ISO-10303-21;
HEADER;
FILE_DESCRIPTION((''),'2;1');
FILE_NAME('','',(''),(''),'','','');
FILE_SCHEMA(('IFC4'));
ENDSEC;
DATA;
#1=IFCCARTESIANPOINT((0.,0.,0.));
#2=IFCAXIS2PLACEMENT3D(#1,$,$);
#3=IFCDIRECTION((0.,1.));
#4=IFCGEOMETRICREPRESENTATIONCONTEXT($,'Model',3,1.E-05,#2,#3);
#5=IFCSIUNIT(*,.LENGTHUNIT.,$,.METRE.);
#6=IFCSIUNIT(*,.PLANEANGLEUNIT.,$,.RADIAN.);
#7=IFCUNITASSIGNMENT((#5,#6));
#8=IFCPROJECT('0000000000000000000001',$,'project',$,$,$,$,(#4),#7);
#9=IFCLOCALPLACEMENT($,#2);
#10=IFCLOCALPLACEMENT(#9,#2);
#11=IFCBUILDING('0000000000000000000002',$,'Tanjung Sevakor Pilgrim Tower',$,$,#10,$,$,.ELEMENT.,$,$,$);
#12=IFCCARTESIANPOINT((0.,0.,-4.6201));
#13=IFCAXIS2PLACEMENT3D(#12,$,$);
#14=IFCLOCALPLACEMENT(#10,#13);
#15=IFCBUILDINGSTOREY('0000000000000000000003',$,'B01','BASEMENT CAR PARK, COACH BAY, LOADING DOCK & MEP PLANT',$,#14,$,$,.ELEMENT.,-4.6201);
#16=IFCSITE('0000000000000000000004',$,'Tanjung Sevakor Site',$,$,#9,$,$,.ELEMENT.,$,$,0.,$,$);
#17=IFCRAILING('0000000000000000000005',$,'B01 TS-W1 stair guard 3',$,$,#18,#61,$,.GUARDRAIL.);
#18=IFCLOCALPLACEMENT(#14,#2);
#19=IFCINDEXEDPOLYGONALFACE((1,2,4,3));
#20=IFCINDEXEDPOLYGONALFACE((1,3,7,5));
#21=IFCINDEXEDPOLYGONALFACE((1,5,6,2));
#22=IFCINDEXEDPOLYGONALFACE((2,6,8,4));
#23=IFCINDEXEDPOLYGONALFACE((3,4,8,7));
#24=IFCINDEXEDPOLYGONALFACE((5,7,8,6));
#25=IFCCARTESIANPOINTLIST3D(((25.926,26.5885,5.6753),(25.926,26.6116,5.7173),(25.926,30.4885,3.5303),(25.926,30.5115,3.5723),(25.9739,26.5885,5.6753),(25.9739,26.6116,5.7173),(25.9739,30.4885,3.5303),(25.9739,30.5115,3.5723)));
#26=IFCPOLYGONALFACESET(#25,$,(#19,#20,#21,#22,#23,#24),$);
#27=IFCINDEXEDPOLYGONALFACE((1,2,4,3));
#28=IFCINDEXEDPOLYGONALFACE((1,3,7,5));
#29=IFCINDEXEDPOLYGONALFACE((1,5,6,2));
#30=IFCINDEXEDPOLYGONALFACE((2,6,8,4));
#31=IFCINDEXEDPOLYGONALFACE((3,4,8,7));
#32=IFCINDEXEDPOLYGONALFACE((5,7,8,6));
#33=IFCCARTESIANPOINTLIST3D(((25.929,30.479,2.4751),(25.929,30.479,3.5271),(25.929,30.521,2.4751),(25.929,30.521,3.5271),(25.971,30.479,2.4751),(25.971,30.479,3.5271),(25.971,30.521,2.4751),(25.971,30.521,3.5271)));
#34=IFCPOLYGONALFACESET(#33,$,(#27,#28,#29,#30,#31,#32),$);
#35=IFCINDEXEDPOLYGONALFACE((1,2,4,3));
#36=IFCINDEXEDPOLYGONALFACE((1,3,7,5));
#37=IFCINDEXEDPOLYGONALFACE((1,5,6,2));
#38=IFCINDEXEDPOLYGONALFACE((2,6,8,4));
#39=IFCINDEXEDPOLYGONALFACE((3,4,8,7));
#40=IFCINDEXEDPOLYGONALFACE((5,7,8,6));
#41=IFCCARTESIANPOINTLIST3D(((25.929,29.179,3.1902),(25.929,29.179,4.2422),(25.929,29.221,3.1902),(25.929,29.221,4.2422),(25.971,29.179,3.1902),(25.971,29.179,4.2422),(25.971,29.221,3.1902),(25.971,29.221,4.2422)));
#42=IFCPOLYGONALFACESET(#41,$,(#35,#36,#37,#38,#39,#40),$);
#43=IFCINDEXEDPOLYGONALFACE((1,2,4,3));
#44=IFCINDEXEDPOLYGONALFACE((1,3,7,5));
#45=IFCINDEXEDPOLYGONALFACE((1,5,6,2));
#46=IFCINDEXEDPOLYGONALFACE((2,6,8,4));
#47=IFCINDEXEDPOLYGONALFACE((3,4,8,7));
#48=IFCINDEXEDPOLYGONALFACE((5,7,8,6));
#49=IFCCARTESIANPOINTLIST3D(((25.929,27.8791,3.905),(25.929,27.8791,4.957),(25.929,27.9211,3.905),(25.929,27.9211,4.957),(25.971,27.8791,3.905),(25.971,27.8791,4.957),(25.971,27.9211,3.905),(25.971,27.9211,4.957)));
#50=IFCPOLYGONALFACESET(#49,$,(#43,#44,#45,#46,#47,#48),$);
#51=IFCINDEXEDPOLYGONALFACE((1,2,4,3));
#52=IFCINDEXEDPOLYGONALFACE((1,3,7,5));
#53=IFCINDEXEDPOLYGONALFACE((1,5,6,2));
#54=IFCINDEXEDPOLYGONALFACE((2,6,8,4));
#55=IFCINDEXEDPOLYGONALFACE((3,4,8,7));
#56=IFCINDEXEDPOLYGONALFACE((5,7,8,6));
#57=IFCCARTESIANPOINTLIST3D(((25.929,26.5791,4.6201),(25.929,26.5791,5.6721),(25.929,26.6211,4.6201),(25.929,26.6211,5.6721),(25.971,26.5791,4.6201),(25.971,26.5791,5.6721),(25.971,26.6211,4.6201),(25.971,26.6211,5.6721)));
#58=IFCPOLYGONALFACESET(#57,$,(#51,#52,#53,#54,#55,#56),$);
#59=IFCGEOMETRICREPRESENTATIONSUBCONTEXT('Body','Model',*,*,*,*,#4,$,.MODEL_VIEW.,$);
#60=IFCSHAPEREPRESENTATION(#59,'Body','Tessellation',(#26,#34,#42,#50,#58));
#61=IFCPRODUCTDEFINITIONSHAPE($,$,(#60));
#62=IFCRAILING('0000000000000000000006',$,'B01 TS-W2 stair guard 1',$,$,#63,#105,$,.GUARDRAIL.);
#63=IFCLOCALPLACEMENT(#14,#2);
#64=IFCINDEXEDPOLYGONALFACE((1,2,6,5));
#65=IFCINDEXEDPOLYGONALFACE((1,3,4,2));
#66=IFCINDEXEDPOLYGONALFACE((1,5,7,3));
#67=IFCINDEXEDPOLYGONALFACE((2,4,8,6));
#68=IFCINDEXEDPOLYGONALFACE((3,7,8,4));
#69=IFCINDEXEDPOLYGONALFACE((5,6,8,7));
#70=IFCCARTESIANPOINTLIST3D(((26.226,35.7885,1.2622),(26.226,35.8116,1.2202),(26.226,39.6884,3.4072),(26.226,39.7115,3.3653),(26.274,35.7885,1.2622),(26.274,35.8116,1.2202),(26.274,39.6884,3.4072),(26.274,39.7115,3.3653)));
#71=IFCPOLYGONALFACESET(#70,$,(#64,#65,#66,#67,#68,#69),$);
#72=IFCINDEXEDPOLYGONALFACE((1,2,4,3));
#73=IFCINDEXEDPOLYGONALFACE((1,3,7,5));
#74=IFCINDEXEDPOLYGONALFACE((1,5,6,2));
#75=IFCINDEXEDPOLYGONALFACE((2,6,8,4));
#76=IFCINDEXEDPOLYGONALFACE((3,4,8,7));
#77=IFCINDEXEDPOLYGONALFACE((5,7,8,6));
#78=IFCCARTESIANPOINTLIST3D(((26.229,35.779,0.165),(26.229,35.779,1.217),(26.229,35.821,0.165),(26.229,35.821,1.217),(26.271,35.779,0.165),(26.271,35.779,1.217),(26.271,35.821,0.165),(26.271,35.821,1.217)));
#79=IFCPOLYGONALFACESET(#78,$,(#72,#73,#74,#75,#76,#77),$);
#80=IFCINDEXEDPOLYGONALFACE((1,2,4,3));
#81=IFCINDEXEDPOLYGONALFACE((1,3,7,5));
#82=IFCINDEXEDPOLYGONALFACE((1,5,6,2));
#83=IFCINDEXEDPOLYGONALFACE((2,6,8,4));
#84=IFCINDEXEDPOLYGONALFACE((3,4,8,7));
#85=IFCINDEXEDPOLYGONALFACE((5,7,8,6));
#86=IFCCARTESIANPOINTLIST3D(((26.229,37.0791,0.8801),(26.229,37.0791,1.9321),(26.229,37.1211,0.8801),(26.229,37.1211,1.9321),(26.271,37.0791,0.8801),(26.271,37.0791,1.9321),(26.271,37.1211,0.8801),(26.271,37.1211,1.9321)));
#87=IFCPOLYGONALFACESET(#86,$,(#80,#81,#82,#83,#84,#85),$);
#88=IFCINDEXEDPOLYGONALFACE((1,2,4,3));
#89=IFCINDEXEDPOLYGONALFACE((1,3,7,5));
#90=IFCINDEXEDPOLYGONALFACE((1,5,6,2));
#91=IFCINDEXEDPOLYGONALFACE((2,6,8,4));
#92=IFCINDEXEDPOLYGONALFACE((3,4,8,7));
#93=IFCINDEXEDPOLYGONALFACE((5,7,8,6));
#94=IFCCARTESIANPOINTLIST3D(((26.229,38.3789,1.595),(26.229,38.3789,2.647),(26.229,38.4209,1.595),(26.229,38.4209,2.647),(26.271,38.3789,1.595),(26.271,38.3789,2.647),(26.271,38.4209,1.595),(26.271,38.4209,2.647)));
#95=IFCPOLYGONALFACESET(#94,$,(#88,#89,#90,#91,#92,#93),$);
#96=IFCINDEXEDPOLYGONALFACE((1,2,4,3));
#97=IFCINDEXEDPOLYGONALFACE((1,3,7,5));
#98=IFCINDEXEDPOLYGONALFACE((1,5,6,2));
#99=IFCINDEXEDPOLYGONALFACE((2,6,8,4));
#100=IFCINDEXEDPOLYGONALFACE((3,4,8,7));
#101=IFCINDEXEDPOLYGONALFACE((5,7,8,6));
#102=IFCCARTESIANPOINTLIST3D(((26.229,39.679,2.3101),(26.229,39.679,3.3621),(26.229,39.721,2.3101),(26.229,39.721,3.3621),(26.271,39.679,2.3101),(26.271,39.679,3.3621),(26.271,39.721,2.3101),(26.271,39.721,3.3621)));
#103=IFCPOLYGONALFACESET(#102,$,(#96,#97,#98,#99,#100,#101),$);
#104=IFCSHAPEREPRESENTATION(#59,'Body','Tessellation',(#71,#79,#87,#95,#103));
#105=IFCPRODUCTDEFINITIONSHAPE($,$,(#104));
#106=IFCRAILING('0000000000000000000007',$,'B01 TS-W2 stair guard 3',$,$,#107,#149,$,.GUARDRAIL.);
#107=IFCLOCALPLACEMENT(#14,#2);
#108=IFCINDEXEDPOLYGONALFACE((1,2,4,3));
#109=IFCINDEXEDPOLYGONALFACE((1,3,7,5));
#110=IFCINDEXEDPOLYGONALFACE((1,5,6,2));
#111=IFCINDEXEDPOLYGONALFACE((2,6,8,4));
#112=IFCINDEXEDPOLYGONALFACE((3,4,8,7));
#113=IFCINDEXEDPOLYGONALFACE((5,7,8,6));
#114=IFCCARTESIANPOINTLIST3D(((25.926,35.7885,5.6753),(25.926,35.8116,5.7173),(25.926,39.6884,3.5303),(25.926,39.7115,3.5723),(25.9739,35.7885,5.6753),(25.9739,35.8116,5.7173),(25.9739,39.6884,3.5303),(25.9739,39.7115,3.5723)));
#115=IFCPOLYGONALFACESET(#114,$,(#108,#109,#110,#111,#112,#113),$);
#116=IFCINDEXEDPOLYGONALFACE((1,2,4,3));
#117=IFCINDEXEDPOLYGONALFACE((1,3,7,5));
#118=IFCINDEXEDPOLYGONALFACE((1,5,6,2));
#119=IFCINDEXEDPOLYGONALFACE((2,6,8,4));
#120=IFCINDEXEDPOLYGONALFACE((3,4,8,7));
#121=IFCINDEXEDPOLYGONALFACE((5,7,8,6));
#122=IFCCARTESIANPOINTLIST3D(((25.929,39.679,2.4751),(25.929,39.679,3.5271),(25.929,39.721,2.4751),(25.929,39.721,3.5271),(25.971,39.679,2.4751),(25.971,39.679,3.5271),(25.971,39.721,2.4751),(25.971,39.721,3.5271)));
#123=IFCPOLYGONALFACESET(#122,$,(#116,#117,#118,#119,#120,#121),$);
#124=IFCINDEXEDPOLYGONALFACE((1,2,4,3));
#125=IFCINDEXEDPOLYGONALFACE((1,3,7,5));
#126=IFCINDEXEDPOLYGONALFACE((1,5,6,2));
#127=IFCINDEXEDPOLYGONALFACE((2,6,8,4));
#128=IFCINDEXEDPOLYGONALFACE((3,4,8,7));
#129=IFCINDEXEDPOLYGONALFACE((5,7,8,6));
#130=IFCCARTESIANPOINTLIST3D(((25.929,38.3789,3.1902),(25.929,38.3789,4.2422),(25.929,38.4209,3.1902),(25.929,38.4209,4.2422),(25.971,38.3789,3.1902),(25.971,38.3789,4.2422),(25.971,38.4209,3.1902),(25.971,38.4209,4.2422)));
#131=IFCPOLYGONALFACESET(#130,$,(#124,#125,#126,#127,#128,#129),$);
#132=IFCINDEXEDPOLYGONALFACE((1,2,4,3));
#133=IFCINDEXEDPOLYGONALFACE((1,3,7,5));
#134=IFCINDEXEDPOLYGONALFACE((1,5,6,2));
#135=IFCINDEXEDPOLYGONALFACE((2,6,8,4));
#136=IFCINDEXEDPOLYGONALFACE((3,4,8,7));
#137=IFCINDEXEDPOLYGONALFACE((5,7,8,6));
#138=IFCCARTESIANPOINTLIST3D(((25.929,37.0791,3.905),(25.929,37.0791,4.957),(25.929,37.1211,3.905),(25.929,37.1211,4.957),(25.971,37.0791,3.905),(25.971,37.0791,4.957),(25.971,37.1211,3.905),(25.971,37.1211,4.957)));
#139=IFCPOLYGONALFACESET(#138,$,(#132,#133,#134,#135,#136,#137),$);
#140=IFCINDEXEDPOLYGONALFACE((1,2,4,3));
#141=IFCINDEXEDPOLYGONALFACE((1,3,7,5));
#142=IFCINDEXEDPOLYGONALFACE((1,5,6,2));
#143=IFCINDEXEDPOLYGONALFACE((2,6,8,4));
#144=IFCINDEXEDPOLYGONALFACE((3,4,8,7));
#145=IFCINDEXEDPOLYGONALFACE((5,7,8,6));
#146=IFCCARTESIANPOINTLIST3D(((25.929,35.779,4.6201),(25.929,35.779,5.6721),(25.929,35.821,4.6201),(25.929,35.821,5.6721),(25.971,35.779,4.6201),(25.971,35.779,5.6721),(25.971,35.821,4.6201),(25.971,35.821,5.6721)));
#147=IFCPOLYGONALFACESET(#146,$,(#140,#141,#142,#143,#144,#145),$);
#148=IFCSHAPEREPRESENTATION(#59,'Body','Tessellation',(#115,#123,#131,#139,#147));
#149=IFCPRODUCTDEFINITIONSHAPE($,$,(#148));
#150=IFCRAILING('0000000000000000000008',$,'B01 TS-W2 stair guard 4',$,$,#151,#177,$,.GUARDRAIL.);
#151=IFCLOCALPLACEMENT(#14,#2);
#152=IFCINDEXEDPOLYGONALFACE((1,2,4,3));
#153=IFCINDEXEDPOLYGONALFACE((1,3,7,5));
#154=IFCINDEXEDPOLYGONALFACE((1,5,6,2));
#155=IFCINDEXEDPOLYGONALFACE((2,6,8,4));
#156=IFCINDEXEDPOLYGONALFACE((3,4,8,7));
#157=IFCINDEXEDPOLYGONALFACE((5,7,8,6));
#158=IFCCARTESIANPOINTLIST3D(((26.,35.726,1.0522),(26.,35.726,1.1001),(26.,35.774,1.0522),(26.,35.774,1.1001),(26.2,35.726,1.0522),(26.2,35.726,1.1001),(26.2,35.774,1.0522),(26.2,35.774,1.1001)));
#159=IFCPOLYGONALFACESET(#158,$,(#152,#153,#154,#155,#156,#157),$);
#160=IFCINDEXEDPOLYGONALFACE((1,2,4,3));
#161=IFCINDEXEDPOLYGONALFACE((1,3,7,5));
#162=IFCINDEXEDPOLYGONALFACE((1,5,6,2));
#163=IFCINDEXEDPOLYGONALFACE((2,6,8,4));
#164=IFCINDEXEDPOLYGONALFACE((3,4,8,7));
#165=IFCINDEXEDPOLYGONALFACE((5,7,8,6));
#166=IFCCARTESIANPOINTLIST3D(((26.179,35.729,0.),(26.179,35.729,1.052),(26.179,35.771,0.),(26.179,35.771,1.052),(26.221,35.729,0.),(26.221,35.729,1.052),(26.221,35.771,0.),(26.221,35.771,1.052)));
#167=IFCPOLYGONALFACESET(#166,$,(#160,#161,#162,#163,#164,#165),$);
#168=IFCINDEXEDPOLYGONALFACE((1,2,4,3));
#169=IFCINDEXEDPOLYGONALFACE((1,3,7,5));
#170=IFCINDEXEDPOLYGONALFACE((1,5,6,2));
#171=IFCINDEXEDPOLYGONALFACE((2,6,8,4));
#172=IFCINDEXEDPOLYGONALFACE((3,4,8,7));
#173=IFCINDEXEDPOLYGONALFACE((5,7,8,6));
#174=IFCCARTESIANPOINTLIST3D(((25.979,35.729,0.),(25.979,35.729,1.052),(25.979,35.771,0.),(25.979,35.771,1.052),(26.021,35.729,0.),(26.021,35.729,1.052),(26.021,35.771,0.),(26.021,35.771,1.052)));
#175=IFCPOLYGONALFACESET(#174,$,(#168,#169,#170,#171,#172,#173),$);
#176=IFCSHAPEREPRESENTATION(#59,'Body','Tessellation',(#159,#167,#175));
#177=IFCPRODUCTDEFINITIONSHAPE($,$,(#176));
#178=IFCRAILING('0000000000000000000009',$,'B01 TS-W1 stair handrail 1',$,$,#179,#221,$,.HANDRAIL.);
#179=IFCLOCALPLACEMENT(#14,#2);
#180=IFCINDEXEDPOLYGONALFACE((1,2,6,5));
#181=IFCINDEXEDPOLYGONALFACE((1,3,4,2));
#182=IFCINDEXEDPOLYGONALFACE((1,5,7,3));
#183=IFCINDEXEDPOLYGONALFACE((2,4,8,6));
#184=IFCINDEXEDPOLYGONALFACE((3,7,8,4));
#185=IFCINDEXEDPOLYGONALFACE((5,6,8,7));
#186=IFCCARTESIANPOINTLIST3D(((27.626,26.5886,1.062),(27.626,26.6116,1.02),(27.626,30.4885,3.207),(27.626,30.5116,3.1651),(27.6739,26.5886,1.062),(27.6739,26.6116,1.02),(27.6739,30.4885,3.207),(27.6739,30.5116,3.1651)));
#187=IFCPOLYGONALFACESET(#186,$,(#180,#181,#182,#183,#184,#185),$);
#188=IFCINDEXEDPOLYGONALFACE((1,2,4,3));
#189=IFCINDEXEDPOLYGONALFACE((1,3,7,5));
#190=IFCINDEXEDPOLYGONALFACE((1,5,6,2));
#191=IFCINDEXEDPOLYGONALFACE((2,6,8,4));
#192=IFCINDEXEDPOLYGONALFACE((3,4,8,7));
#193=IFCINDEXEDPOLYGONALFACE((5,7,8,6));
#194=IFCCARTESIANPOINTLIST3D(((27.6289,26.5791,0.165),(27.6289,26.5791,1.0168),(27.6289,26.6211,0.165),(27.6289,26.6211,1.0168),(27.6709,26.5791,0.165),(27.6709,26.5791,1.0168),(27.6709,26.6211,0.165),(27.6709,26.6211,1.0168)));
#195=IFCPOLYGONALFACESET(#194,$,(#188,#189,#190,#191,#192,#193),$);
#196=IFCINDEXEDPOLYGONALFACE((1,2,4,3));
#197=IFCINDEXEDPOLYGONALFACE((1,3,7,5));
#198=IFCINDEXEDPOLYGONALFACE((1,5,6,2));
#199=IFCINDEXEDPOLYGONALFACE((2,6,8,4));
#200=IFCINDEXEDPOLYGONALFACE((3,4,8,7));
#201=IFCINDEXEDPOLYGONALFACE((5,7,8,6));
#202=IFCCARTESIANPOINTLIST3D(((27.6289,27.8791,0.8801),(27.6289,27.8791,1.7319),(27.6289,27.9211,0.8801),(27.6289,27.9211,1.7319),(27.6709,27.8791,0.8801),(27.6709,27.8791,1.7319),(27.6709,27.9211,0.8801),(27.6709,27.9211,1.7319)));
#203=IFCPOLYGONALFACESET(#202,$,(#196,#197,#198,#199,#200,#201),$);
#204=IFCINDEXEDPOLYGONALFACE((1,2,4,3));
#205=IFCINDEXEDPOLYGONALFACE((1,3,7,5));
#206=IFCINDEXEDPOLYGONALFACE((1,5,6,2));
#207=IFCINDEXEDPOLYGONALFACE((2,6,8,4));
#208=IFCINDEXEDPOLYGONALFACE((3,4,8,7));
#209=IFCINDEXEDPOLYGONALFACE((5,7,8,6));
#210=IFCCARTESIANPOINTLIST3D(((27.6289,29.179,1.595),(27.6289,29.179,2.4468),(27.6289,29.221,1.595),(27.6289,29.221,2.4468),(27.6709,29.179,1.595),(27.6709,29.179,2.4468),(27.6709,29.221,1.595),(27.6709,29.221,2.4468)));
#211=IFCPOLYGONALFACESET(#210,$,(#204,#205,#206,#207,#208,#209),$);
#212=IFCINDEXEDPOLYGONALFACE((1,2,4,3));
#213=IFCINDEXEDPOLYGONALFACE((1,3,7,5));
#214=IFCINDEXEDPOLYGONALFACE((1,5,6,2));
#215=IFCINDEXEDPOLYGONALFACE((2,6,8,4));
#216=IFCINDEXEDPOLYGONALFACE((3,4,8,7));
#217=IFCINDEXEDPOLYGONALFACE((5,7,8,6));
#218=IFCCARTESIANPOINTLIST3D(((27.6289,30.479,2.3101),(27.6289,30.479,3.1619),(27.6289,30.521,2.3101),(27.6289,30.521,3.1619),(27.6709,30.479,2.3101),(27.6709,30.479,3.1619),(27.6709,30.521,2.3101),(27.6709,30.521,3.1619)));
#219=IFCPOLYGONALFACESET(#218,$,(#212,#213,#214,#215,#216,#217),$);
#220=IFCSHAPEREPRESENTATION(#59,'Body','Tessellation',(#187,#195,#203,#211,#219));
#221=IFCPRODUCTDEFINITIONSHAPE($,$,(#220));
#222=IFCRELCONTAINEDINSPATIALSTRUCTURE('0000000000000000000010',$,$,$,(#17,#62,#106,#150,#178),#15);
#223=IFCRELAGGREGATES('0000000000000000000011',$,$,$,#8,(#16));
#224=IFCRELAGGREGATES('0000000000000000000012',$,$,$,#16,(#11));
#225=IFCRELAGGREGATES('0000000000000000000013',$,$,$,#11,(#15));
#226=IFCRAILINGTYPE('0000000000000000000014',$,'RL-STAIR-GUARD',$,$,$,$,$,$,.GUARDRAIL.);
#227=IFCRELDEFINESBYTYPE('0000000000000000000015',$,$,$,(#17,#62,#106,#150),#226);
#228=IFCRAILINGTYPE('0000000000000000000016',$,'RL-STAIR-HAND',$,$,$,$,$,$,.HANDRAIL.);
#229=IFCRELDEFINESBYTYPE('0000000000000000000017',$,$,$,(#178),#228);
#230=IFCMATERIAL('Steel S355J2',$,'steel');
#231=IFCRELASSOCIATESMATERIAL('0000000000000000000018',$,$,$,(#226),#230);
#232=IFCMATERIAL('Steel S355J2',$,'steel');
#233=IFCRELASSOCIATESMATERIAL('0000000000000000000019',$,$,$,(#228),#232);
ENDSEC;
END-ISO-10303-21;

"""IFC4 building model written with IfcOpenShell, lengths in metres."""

from ifc_helpers import new_model, si_unit, direction, frame, origin, place, context, subcontext, project, spatial, rectangle, extrude, material, type_object, element, save


model = new_model("IFC4")

# Units and contexts
model_context = context("Model", 3, precision=1e-05, world=origin(), true_north=direction((0.0, 1.0)))
body_context = subcontext(model_context, "Body", "Model", "MODEL_VIEW")
ifc_project = project(units=[si_unit("LENGTHUNIT", "METRE"), si_unit("PLANEANGLEUNIT", "RADIAN")], contexts=[model_context])

# Site, building, storey
site_placement = place(None, origin())
site = spatial("IfcSite", under=ifc_project, at=site_placement, Name="Tanjung Sevakor Site", CompositionType="ELEMENT", RefElevation=0.0)
building_placement = place(site_placement, origin())
building = spatial("IfcBuilding", under=site, at=building_placement, Name="Tanjung Sevakor Pilgrim Tower", CompositionType="ELEMENT")
storey_placement = place(building_placement, frame((0.0, 0.0, -4.6201)))
storey = spatial("IfcBuildingStorey", under=building, at=storey_placement, Name="B01", Description="BASEMENT CAR PARK, COACH BAY, LOADING DOCK & MEP PLANT", CompositionType="ELEMENT", Elevation=-4.6201)

# Railings
ifc_material_1 = material(Name="Steel S355J2", Category="steel")
railing_type_1 = type_object("IfcRailingType", Name="RL-STAIR-GUARD", PredefinedType="GUARDRAIL", material=ifc_material_1)
railing_1_placement = place(storey_placement, frame((25.95, 30.5, 2.4751)))
element("IfcRailing", 1, at=railing_1_placement, inside=storey, type_object=railing_type_1, Name="B01 TS-W1 stair guard 3", PredefinedType="GUARDRAIL", context=body_context, shape_type="SweptSolid", body=[
    extrude(rectangle(XDim=0.0479, YDim=0.0479), frame((0.0, 0.0, 1.0762), z_axis=(0.0, -0.876209, 0.481931), x_axis=(1.0, 0.0, 0.0)), (0.0, 0.0, 1.0), 4.4509),
    extrude(rectangle(XDim=0.042, YDim=0.042), origin(), (0.0, 0.0, 1.0), 1.052),
    extrude(rectangle(XDim=0.042, YDim=0.042), frame((0.0, -1.3, 0.7151)), (0.0, 0.0, 1.0), 1.052),
    extrude(rectangle(XDim=0.042, YDim=0.042), frame((0.0, -2.5999, 1.4299)), (0.0, 0.0, 1.0), 1.052),
    extrude(rectangle(XDim=0.042, YDim=0.042), frame((0.0, -3.8999, 2.145)), (0.0, 0.0, 1.0), 1.052),
])
railing_2_placement = place(storey_placement, frame((26.25, 35.8, 0.165)))
element("IfcRailing", 2, at=railing_2_placement, inside=storey, type_object=railing_type_1, Name="B01 TS-W2 stair guard 1", PredefinedType="GUARDRAIL", context=body_context, shape_type="SweptSolid", body=[
    extrude(rectangle(XDim=0.0479, YDim=0.0479), frame((0.0, 0.0, 1.0762), z_axis=(0.0, 0.876209, 0.481931), x_axis=(-1.0, 0.0, 0.0)), (0.0, 0.0, 1.0), 4.4509),
    extrude(rectangle(XDim=0.042, YDim=0.042), origin(), (0.0, 0.0, 1.0), 1.052),
    extrude(rectangle(XDim=0.042, YDim=0.042), frame((0.0, 1.3, 0.7151)), (0.0, 0.0, 1.0), 1.052),
    extrude(rectangle(XDim=0.042, YDim=0.042), frame((0.0, 2.5999, 1.4299)), (0.0, 0.0, 1.0), 1.052),
    extrude(rectangle(XDim=0.042, YDim=0.042), frame((0.0, 3.8999, 2.145)), (0.0, 0.0, 1.0), 1.052),
])
railing_3_placement = place(storey_placement, frame((25.95, 39.7, 2.4751)))
element("IfcRailing", 3, at=railing_3_placement, inside=storey, type_object=railing_type_1, Name="B01 TS-W2 stair guard 3", PredefinedType="GUARDRAIL", context=body_context, shape_type="SweptSolid", body=[
    extrude(rectangle(XDim=0.0479, YDim=0.0479), frame((0.0, 0.0, 1.0762), z_axis=(0.0, -0.876209, 0.481931), x_axis=(1.0, 0.0, 0.0)), (0.0, 0.0, 1.0), 4.4509),
    extrude(rectangle(XDim=0.042, YDim=0.042), origin(), (0.0, 0.0, 1.0), 1.052),
    extrude(rectangle(XDim=0.042, YDim=0.042), frame((0.0, -1.3, 0.7151)), (0.0, 0.0, 1.0), 1.052),
    extrude(rectangle(XDim=0.042, YDim=0.042), frame((0.0, -2.5999, 1.4299)), (0.0, 0.0, 1.0), 1.052),
    extrude(rectangle(XDim=0.042, YDim=0.042), frame((0.0, -3.8999, 2.145)), (0.0, 0.0, 1.0), 1.052),
])
railing_4_placement = place(storey_placement, frame((26.2, 35.75, 0.0)))
element("IfcRailing", 4, at=railing_4_placement, inside=storey, type_object=railing_type_1, Name="B01 TS-W2 stair guard 4", PredefinedType="GUARDRAIL", context=body_context, shape_type="SweptSolid", body=[
    extrude(rectangle(XDim=0.0479, YDim=0.0479), frame((0.0, 0.0, 1.0762), z_axis=(-1.0, 0.0, 0.0), x_axis=(0.0, -1.0, 0.0)), (0.0, 0.0, 1.0), 0.2),
    extrude(rectangle(XDim=0.042, YDim=0.042), origin(), (0.0, 0.0, 1.0), 1.052),
    extrude(rectangle(XDim=0.042, YDim=0.042), frame((-0.2, 0.0, 0.0)), (0.0, 0.0, 1.0), 1.052),
])
ifc_material_2 = material(Name="Steel S355J2", Category="steel")
railing_type_2 = type_object("IfcRailingType", Name="RL-STAIR-HAND", PredefinedType="HANDRAIL", material=ifc_material_2)
for number, where, name in (
    (5, (27.6499, 26.6001, 0.165), "B01 TS-W1 stair handrail 1"),
):
    element("IfcRailing", number, at=place(storey_placement, frame(where)), inside=storey, type_object=railing_type_2, Name=name, PredefinedType="HANDRAIL", context=body_context, shape_type="SweptSolid", body=[
        extrude(rectangle(XDim=0.0479, YDim=0.0479), frame((0.0, 0.0, 0.876), z_axis=(0.0, 0.876209, 0.481931), x_axis=(-1.0, 0.0, 0.0)), (0.0, 0.0, 1.0), 4.4509),
        extrude(rectangle(XDim=0.042, YDim=0.042), origin(), (0.0, 0.0, 1.0), 0.8518),
        extrude(rectangle(XDim=0.042, YDim=0.042), frame((0.0, 1.3, 0.7151)), (0.0, 0.0, 1.0), 0.8518),
        extrude(rectangle(XDim=0.042, YDim=0.042), frame((0.0, 2.5999, 1.4299)), (0.0, 0.0, 1.0), 0.8518),
        extrude(rectangle(XDim=0.042, YDim=0.042), frame((0.0, 3.8999, 2.145)), (0.0, 0.0, 1.0), 0.8518),
    ])

save(model, "model.ifc")
